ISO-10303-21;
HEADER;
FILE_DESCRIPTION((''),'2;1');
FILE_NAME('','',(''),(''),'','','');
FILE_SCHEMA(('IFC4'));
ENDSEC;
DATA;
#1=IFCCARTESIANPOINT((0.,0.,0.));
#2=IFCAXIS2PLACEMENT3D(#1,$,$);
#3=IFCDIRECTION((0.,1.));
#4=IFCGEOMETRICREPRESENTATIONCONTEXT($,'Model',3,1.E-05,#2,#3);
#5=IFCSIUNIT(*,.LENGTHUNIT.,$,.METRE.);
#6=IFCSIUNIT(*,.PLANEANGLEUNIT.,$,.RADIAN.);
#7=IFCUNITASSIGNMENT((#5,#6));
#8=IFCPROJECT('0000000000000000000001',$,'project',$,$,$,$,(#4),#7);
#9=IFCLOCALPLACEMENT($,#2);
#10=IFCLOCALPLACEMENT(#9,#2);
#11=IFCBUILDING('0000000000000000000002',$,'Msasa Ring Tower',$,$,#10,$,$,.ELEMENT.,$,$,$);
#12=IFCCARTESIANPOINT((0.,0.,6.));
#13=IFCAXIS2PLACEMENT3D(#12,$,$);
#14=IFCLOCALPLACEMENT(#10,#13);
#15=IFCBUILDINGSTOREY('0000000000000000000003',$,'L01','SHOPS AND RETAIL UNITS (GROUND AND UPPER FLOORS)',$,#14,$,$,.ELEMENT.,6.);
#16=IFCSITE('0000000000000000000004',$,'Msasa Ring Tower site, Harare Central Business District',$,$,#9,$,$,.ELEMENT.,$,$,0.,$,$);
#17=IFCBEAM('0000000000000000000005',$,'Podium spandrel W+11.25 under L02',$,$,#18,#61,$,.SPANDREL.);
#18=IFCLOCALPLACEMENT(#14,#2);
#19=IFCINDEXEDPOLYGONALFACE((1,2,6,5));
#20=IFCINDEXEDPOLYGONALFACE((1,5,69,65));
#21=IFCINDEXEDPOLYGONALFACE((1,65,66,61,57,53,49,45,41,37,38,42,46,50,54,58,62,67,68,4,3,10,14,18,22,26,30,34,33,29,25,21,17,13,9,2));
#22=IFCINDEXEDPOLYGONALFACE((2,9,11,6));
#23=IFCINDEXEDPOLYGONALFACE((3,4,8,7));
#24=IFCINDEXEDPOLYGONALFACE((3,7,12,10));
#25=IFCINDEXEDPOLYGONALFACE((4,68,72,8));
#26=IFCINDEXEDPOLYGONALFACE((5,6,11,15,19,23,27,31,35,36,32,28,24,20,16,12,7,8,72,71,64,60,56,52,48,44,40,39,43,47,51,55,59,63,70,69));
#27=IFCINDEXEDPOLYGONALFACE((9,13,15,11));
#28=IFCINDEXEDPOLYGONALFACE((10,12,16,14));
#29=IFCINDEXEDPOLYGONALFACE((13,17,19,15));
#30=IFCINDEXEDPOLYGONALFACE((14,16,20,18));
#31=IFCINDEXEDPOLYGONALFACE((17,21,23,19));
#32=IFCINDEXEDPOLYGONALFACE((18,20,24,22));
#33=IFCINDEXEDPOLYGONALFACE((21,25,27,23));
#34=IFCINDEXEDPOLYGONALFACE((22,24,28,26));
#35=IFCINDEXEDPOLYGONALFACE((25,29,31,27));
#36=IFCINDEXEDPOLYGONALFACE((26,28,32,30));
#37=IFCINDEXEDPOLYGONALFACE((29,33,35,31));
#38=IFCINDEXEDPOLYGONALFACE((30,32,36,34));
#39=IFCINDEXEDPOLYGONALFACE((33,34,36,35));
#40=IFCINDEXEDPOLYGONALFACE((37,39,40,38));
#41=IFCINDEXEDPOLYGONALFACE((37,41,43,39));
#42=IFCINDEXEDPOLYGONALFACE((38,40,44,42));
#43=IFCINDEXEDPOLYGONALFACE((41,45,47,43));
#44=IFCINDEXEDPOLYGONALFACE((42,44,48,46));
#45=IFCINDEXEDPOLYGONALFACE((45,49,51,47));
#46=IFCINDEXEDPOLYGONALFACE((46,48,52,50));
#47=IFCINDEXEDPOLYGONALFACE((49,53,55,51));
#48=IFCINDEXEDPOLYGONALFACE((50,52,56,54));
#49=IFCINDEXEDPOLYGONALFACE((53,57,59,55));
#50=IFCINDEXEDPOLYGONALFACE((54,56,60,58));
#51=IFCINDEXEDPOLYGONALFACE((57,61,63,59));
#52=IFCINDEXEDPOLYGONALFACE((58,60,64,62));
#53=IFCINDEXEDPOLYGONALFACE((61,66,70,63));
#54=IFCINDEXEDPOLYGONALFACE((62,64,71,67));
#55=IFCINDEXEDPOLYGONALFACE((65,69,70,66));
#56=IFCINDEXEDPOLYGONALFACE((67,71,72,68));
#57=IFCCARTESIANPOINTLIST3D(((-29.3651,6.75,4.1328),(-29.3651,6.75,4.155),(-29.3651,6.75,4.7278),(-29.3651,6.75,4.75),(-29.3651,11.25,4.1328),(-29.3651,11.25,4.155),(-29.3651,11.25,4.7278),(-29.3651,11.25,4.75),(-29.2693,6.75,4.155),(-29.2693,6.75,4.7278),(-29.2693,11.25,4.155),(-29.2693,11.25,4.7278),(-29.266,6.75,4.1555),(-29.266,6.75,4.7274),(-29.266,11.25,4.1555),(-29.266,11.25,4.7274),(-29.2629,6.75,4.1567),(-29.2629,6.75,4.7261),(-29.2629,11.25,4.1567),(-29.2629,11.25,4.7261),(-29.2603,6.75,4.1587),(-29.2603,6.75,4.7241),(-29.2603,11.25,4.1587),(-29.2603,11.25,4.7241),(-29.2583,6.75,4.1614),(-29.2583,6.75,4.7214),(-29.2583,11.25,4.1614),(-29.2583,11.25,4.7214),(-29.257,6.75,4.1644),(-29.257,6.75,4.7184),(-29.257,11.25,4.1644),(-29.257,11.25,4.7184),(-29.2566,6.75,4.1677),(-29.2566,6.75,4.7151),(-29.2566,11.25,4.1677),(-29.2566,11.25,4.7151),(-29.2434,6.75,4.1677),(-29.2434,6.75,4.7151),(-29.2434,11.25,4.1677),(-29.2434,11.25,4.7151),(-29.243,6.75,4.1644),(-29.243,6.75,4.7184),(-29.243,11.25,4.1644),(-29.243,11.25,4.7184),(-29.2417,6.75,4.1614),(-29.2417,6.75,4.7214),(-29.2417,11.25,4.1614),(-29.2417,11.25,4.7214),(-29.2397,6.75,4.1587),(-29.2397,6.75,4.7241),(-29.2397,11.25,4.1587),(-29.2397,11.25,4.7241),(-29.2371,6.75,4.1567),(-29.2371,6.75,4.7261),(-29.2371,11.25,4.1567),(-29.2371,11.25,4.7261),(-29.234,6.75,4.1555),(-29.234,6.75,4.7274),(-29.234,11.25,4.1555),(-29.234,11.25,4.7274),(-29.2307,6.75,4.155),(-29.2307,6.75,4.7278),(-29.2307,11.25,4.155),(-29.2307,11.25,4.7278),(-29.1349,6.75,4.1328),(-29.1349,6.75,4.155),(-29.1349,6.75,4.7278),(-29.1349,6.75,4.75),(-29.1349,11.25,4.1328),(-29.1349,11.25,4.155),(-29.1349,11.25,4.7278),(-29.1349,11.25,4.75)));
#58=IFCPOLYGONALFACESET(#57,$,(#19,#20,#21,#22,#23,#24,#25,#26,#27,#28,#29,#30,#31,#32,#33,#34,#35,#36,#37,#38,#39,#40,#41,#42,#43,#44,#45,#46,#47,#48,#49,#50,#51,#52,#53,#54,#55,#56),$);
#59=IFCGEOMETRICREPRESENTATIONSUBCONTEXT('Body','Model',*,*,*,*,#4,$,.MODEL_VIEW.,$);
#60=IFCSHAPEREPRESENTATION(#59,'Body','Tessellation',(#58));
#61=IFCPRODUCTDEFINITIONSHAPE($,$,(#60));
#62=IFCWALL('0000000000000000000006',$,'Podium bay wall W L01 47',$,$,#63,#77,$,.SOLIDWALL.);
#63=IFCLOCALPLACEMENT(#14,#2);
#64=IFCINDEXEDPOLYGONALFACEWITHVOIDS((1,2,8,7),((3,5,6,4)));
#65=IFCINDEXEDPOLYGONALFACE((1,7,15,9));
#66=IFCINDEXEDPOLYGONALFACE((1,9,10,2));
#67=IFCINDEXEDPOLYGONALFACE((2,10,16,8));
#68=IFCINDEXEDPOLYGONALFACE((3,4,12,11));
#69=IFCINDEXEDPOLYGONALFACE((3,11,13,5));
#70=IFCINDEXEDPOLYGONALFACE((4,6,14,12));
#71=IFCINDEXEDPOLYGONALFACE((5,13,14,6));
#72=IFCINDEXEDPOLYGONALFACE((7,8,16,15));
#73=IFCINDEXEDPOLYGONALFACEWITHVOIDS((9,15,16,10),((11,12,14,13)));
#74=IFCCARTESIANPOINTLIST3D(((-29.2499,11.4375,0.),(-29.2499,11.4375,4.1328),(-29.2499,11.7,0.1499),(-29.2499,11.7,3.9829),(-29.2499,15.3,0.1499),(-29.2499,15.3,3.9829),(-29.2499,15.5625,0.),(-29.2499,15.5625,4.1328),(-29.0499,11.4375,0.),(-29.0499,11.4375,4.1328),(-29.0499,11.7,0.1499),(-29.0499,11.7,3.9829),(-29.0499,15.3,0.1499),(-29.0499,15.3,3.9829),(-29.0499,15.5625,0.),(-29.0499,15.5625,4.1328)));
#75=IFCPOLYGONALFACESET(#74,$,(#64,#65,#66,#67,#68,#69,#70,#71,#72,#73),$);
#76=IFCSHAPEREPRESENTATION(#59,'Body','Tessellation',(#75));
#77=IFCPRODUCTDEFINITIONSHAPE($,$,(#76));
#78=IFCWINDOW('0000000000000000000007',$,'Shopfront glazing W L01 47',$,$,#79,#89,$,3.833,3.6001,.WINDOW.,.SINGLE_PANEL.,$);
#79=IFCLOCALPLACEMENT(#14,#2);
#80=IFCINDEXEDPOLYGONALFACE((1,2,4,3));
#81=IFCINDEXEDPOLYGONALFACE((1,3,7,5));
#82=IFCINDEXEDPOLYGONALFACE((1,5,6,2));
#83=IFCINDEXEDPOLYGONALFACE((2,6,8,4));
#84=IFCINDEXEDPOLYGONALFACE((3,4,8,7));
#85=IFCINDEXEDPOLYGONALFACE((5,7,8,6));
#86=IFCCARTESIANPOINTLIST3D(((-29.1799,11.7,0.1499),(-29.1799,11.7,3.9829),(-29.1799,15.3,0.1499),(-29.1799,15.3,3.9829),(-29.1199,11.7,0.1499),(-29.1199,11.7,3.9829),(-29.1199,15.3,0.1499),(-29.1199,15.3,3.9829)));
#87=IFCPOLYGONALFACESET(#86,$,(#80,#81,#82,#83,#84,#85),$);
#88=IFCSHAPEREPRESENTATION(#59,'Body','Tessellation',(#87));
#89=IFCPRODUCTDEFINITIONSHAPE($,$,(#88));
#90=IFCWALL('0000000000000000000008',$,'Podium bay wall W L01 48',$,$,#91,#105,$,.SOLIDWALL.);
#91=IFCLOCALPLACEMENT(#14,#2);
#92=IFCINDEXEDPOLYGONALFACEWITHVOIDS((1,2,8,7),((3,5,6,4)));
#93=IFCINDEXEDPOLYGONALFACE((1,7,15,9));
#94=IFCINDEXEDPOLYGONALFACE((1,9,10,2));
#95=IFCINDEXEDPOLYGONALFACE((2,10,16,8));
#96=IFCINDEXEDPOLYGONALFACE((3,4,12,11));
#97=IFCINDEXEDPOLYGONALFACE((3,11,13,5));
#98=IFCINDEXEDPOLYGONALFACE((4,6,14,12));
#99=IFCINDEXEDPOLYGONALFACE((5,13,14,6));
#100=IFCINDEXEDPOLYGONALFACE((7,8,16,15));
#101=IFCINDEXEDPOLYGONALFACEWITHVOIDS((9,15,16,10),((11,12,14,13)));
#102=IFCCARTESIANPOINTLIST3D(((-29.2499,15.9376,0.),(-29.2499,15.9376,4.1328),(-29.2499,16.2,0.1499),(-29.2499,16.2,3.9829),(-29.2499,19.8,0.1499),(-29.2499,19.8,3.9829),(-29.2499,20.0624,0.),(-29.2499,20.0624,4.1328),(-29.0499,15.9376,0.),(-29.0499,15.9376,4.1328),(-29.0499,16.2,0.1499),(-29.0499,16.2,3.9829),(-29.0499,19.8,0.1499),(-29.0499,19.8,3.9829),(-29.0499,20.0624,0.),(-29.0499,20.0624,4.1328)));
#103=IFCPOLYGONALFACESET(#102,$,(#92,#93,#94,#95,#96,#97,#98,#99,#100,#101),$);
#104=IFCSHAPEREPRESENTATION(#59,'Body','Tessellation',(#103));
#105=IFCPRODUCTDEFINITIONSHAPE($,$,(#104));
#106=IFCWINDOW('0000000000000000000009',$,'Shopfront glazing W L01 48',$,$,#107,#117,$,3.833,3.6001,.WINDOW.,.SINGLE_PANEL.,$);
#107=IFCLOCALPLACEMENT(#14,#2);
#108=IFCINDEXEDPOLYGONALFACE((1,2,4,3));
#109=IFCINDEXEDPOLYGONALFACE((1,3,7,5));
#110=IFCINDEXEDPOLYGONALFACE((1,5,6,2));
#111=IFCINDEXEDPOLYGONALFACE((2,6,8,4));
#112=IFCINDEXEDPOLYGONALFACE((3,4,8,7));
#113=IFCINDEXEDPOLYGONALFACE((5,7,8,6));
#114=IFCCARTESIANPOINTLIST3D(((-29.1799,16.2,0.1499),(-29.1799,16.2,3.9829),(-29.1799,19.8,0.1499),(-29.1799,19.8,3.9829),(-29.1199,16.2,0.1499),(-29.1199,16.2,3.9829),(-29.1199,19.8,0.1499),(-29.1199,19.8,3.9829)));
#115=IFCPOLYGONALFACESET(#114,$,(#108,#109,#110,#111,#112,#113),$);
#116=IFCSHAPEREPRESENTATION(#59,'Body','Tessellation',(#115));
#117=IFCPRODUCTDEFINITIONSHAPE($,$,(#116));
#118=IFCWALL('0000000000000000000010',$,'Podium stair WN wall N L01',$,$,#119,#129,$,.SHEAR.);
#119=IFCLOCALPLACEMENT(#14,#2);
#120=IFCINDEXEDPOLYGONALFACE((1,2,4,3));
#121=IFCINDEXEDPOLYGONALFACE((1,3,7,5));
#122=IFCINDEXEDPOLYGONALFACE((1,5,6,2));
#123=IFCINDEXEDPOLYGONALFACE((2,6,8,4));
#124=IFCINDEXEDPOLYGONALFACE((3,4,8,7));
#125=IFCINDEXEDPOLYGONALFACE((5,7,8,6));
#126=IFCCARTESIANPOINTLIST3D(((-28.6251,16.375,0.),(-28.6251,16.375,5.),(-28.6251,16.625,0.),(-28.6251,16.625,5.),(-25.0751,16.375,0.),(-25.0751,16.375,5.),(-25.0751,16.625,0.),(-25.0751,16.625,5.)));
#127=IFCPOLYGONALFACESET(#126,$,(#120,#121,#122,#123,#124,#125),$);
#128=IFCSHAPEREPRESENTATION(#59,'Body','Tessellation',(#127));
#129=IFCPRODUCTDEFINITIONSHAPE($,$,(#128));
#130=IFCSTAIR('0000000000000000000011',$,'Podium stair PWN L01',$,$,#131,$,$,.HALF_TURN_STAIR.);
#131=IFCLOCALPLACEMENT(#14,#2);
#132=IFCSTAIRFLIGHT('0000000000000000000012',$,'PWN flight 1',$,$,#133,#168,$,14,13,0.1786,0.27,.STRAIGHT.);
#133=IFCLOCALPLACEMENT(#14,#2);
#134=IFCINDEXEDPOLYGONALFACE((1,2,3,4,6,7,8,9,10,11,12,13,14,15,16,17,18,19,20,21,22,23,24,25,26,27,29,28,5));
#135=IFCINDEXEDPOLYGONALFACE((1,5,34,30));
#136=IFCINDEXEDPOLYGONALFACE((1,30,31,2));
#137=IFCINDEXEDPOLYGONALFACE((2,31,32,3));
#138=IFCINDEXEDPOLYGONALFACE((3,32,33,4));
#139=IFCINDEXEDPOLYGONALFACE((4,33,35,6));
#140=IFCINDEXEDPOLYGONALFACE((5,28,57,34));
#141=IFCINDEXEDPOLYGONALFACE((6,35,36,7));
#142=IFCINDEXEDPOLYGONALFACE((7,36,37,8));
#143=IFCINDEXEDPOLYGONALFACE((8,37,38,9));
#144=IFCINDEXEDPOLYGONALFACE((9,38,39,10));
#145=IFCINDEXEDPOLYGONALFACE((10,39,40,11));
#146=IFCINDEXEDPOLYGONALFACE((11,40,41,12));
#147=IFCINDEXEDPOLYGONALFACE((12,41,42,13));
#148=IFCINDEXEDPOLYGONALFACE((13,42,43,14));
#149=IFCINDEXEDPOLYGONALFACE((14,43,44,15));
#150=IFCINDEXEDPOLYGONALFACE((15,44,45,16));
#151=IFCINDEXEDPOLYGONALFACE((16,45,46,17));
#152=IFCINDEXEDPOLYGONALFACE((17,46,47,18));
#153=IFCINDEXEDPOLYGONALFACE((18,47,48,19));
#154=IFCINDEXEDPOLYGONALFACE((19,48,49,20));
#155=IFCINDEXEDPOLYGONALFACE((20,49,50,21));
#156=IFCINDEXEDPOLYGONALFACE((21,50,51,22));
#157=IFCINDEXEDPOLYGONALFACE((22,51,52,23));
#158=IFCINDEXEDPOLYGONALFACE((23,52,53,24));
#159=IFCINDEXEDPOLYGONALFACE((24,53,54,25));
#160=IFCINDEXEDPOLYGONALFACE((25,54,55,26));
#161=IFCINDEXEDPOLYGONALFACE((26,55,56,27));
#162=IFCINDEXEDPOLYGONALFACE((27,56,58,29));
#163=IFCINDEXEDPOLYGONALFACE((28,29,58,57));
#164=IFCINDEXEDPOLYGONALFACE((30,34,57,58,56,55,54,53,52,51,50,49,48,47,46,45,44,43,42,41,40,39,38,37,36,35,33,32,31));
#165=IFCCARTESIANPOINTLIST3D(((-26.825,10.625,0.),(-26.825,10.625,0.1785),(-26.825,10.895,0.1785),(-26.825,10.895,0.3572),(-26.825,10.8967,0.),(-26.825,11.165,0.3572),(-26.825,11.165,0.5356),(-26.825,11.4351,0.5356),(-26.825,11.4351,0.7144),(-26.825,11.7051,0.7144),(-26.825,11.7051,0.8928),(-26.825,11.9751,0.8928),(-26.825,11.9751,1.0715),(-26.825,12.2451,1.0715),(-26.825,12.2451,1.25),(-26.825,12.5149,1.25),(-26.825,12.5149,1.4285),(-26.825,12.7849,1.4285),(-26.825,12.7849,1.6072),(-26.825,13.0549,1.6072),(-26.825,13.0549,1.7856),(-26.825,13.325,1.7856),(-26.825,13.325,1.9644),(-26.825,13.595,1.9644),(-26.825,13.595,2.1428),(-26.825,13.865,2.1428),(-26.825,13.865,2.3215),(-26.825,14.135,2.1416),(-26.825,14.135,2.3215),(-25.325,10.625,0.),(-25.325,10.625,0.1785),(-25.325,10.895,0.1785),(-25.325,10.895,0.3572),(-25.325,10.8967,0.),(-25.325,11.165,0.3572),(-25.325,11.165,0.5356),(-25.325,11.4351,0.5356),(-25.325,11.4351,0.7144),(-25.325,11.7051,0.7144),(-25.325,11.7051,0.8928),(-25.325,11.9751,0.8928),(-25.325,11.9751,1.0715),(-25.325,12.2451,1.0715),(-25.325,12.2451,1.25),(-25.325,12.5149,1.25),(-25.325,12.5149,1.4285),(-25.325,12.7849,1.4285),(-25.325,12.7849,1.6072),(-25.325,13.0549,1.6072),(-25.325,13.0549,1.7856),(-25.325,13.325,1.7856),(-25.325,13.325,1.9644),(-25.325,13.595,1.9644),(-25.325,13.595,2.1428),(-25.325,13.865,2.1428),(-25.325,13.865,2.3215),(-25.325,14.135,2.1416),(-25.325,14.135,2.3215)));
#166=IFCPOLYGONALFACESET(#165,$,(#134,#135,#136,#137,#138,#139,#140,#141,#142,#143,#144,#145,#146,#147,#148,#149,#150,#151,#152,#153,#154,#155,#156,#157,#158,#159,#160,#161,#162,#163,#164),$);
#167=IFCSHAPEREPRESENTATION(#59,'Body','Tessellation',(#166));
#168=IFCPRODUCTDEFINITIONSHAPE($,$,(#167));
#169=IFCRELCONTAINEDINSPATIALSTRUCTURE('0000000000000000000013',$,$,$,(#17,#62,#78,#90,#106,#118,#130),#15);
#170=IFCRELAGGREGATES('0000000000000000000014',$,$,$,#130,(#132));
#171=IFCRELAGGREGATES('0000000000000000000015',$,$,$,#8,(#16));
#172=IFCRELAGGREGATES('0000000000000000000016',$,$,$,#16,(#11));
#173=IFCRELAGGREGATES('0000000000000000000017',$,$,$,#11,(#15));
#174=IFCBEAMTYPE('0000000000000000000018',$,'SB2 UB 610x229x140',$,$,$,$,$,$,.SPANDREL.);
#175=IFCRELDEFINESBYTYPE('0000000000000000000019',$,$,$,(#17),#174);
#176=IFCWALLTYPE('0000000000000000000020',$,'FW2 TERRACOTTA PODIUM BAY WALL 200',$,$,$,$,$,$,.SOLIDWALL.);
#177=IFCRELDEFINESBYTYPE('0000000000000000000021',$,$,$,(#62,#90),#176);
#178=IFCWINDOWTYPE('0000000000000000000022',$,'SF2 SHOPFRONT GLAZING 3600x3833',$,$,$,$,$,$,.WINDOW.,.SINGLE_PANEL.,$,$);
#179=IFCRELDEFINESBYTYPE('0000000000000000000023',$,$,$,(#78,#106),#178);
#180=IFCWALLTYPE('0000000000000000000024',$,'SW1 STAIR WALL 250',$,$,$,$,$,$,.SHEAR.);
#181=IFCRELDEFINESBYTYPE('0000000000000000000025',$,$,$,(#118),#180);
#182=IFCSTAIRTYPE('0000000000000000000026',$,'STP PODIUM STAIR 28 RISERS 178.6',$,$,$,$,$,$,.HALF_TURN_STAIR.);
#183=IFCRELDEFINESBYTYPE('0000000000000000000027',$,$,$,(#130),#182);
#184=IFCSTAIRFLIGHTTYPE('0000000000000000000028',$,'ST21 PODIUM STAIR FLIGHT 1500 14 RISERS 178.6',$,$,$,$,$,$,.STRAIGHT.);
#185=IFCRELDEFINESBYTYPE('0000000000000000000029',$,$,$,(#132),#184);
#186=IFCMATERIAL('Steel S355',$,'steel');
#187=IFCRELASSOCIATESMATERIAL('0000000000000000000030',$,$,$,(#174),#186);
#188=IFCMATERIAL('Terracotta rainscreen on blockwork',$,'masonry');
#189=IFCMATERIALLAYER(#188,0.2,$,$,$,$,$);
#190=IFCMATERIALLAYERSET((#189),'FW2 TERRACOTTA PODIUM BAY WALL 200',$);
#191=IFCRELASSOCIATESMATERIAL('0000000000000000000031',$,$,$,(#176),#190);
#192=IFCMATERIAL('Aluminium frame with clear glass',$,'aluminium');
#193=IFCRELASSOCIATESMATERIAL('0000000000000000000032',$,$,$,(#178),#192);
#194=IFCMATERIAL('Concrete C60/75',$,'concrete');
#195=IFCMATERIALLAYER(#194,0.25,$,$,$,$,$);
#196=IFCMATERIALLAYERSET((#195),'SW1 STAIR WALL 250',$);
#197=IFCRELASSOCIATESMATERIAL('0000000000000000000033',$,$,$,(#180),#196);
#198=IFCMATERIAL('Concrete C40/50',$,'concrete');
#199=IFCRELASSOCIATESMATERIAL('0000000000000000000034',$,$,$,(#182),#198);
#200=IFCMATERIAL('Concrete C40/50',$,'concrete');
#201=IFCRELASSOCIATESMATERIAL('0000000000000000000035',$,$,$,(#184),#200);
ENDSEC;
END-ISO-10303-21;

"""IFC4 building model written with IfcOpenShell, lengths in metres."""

from ifc_helpers import new_model, si_unit, direction, frame, frame_2d, origin, origin_2d, place, context, subcontext, project, spatial, polyline, rectangle, i_section, outline, extrude, material, layer, layer_set, material_profile, profile_set, type_object, element, fill, aggregate, save


model = new_model("IFC4")

# Units and contexts
model_context = context("Model", 3, precision=1e-05, world=origin(), true_north=direction((0.0, 1.0)))
body_context = subcontext(model_context, "Body", "Model", "MODEL_VIEW")
ifc_project = project(units=[si_unit("LENGTHUNIT", "METRE"), si_unit("PLANEANGLEUNIT", "RADIAN")], contexts=[model_context])

# Site, building, storey
site_placement = place(None, origin())
site = spatial("IfcSite", under=ifc_project, at=site_placement, Name="Msasa Ring Tower site, Harare Central Business District", CompositionType="ELEMENT", RefElevation=0.0)
building_placement = place(site_placement, origin())
building = spatial("IfcBuilding", under=site, at=building_placement, Name="Msasa Ring Tower", CompositionType="ELEMENT")
storey_placement = place(building_placement, frame((0.0, 0.0, 6.0)))
storey = spatial("IfcBuildingStorey", under=building, at=storey_placement, Name="L01", Description="SHOPS AND RETAIL UNITS (GROUND AND UPPER FLOORS)", CompositionType="ELEMENT", Elevation=6.0)

# Beam
ifc_material_1 = material(Name="Steel S355", Category="steel")
ifc_material_profile_1 = material_profile(ifc_material_1, i_section(OverallWidth=0.2302, OverallDepth=0.6172, WebThickness=0.0132, FlangeThickness=0.0222, FilletRadius=0.0127, at=origin_2d()), Name="UB 610x229x140")
ifc_profile_set_1 = profile_set([ifc_material_profile_1], Name="Steel S355")
beam_type_1 = type_object("IfcBeamType", Name="SB2 UB 610x229x140", PredefinedType="SPANDREL", material=ifc_profile_set_1)
for number, where, z_axis, x_axis, name in (
    (1, (-29.25, 11.25, 4.4414), (0.0, -1.0, 0.0), (1.0, 0.0, 0.0), "Podium spandrel W+11.25 under L02"),
):
    element("IfcBeam", number, at=place(storey_placement, frame(where, z_axis=z_axis, x_axis=x_axis)), inside=storey, type_object=beam_type_1, Name=name, PredefinedType="SPANDREL", context=body_context, shape_type="SweptSolid", body=[
        extrude(i_section(OverallWidth=0.2302, OverallDepth=0.6172, WebThickness=0.0132, FlangeThickness=0.0222, FilletRadius=0.0127, at=origin_2d()), origin(), (0.0, 0.0, 1.0), 4.5),
    ])

# Walls, openings, windows
ifc_material_2 = material(Name="Terracotta rainscreen on blockwork", Category="masonry")
ifc_layer_1 = layer(ifc_material_2, 0.2)
ifc_layer_set_1 = layer_set([ifc_layer_1], Name="FW2 TERRACOTTA PODIUM BAY WALL 200")
wall_type_1 = type_object("IfcWallType", Name="FW2 TERRACOTTA PODIUM BAY WALL 200", PredefinedType="SOLIDWALL", material=ifc_layer_set_1)
wall_1_placement = place(storey_placement, frame((-29.1499, 11.4375, 0.0), z_axis=(0.0, 0.0, 1.0), x_axis=(0.0, 1.0, 0.0)))
wall_1 = element("IfcWall", 2, at=wall_1_placement, inside=storey, type_object=wall_type_1, Name="Podium bay wall W L01 47", PredefinedType="SOLIDWALL", context=body_context, shape_type="SweptSolid", body=[
    extrude(rectangle(XDim=4.125, YDim=0.2, at=frame_2d((2.0625, 0.0))), origin(), (0.0, 0.0, 1.0), 4.1328),
])
opening_1_placement = place(wall_1_placement, frame((0.2625, 0.0, 0.1499)))
opening_1 = element("IfcOpeningElement", 3, at=opening_1_placement, cuts=wall_1, PredefinedType="OPENING", context=body_context, shape_type="SweptSolid", body=[
    extrude(rectangle(XDim=3.6001, YDim=3.833, at=frame_2d((1.8, 1.9165))), frame((0.0, 0.1099, 0.0), z_axis=(0.0, -1.0, 0.0), x_axis=(1.0, 0.0, 0.0)), (0.0, 0.0, 1.0), 0.22),
])
ifc_material_3 = material(Name="Aluminium frame with clear glass", Category="aluminium")
window_type = type_object("IfcWindowType", Name="SF2 SHOPFRONT GLAZING 3600x3833", PartitioningType="SINGLE_PANEL", PredefinedType="WINDOW", material=ifc_material_3)
window_1_placement = place(opening_1_placement, origin())
window_1 = element("IfcWindow", 4, at=window_1_placement, inside=storey, type_object=window_type, Name="Shopfront glazing W L01 47", OverallHeight=3.833, OverallWidth=3.6001, PartitioningType="SINGLE_PANEL", PredefinedType="WINDOW", context=body_context, shape_type="SweptSolid", body=[
    extrude(rectangle(XDim=3.6001, YDim=3.833, at=frame_2d((1.8, 1.9165))), frame((0.0, 0.03, 0.0), z_axis=(0.0, -1.0, 0.0), x_axis=(1.0, 0.0, 0.0)), (0.0, 0.0, 1.0), 0.0601),
])
fill(opening_1, window_1)
wall_2_placement = place(storey_placement, frame((-29.1499, 15.9375, 0.0), z_axis=(0.0, 0.0, 1.0), x_axis=(0.0, 1.0, 0.0)))
wall_2 = element("IfcWall", 5, at=wall_2_placement, inside=storey, type_object=wall_type_1, Name="Podium bay wall W L01 48", PredefinedType="SOLIDWALL", context=body_context, shape_type="SweptSolid", body=[
    extrude(rectangle(XDim=4.1248, YDim=0.2, at=frame_2d((2.0625, 0.0))), origin(), (0.0, 0.0, 1.0), 4.1328),
])
opening_2_placement = place(wall_2_placement, frame((0.2625, 0.0, 0.1499)))
opening_2 = element("IfcOpeningElement", 6, at=opening_2_placement, cuts=wall_2, PredefinedType="OPENING", context=body_context, shape_type="SweptSolid", body=[
    extrude(rectangle(XDim=3.6001, YDim=3.833, at=frame_2d((1.8, 1.9165))), frame((0.0, 0.1099, 0.0), z_axis=(0.0, -1.0, 0.0), x_axis=(1.0, 0.0, 0.0)), (0.0, 0.0, 1.0), 0.22),
])
window_2_placement = place(opening_2_placement, origin())
window_2 = element("IfcWindow", 7, at=window_2_placement, inside=storey, type_object=window_type, Name="Shopfront glazing W L01 48", OverallHeight=3.833, OverallWidth=3.6001, PartitioningType="SINGLE_PANEL", PredefinedType="WINDOW", context=body_context, shape_type="SweptSolid", body=[
    extrude(rectangle(XDim=3.6001, YDim=3.833, at=frame_2d((1.8, 1.9165))), frame((0.0, 0.03, 0.0), z_axis=(0.0, -1.0, 0.0), x_axis=(1.0, 0.0, 0.0)), (0.0, 0.0, 1.0), 0.0601),
])
fill(opening_2, window_2)

# Wall
ifc_material_4 = material(Name="Concrete C60/75", Category="concrete")
ifc_layer_2 = layer(ifc_material_4, 0.25)
ifc_layer_set_2 = layer_set([ifc_layer_2], Name="SW1 STAIR WALL 250")
wall_type_2 = type_object("IfcWallType", Name="SW1 STAIR WALL 250", PredefinedType="SHEAR", material=ifc_layer_set_2)
wall_3_placement = place(storey_placement, frame((-28.625, 16.5, 0.0), z_axis=(0.0, 0.0, 1.0), x_axis=(1.0, 0.0, 0.0)))
element("IfcWall", 8, at=wall_3_placement, inside=storey, type_object=wall_type_2, Name="Podium stair WN wall N L01", PredefinedType="SHEAR", context=body_context, shape_type="SweptSolid", body=[
    extrude(rectangle(XDim=3.55, YDim=0.25, at=frame_2d((1.7749, 0.0))), origin(), (0.0, 0.0, 1.0), 5.0),
])

# Stair, stair flight
ifc_material_5 = material(Name="Concrete C40/50", Category="concrete")
stair_type = type_object("IfcStairType", Name="STP PODIUM STAIR 28 RISERS 178.6", PredefinedType="HALF_TURN_STAIR", material=ifc_material_5)
stair_placement = place(storey_placement, origin())
stair = element("IfcStair", 9, at=stair_placement, inside=storey, type_object=stair_type, Name="Podium stair PWN L01", PredefinedType="HALF_TURN_STAIR")
ifc_material_6 = material(Name="Concrete C40/50", Category="concrete")
stair_flight_type = type_object("IfcStairFlightType", Name="ST21 PODIUM STAIR FLIGHT 1500 14 RISERS 178.6", PredefinedType="STRAIGHT", material=ifc_material_6)
stair_flight_1_placement = place(storey_placement, frame((-26.075, 10.625, 0.0), z_axis=(0.0, 0.0, 1.0), x_axis=(0.0, 1.0, 0.0)))
stair_flight_1 = element("IfcStairFlight", 10, at=stair_flight_1_placement, type_object=stair_flight_type, Name="PWN flight 1", NumberOfRisers=14, NumberOfTreads=13, PredefinedType="STRAIGHT", RiserHeight=0.1786, TreadLength=0.27, context=body_context, shape_type="SweptSolid", body=[
    extrude(outline(polyline([(0.0, 0.0), (0.0, 0.1785), (0.27, 0.1785), (0.27, 0.3572), (0.54, 0.3572), (0.54, 0.5356), (0.8101, 0.5356), (0.8101, 0.7144), (1.0801, 0.7144), (1.0801, 0.8928), (1.3501, 0.8928), (1.3501, 1.0715), (1.6201, 1.0715), (1.6201, 1.25), (1.8899, 1.25), (1.8899, 1.4285), (2.1599, 1.4285), (2.1599, 1.6072), (2.4299, 1.6072), (2.4299, 1.7856), (2.7, 1.7856), (2.7, 1.9644), (2.97, 1.9644), (2.97, 2.1428), (3.24, 2.1428), (3.24, 2.3215), (3.51, 2.3215), (3.51, 2.5), (3.51, 2.1416), (0.2717, 0.0), (0.0, 0.0)])), frame((0.0, 0.75, 0.0), z_axis=(0.0, -1.0, 0.0), x_axis=(1.0, 0.0, 0.0)), (0.0, 0.0, 1.0), 1.5),
])
aggregate(stair, [stair_flight_1])

save(model, "model.ifc")
